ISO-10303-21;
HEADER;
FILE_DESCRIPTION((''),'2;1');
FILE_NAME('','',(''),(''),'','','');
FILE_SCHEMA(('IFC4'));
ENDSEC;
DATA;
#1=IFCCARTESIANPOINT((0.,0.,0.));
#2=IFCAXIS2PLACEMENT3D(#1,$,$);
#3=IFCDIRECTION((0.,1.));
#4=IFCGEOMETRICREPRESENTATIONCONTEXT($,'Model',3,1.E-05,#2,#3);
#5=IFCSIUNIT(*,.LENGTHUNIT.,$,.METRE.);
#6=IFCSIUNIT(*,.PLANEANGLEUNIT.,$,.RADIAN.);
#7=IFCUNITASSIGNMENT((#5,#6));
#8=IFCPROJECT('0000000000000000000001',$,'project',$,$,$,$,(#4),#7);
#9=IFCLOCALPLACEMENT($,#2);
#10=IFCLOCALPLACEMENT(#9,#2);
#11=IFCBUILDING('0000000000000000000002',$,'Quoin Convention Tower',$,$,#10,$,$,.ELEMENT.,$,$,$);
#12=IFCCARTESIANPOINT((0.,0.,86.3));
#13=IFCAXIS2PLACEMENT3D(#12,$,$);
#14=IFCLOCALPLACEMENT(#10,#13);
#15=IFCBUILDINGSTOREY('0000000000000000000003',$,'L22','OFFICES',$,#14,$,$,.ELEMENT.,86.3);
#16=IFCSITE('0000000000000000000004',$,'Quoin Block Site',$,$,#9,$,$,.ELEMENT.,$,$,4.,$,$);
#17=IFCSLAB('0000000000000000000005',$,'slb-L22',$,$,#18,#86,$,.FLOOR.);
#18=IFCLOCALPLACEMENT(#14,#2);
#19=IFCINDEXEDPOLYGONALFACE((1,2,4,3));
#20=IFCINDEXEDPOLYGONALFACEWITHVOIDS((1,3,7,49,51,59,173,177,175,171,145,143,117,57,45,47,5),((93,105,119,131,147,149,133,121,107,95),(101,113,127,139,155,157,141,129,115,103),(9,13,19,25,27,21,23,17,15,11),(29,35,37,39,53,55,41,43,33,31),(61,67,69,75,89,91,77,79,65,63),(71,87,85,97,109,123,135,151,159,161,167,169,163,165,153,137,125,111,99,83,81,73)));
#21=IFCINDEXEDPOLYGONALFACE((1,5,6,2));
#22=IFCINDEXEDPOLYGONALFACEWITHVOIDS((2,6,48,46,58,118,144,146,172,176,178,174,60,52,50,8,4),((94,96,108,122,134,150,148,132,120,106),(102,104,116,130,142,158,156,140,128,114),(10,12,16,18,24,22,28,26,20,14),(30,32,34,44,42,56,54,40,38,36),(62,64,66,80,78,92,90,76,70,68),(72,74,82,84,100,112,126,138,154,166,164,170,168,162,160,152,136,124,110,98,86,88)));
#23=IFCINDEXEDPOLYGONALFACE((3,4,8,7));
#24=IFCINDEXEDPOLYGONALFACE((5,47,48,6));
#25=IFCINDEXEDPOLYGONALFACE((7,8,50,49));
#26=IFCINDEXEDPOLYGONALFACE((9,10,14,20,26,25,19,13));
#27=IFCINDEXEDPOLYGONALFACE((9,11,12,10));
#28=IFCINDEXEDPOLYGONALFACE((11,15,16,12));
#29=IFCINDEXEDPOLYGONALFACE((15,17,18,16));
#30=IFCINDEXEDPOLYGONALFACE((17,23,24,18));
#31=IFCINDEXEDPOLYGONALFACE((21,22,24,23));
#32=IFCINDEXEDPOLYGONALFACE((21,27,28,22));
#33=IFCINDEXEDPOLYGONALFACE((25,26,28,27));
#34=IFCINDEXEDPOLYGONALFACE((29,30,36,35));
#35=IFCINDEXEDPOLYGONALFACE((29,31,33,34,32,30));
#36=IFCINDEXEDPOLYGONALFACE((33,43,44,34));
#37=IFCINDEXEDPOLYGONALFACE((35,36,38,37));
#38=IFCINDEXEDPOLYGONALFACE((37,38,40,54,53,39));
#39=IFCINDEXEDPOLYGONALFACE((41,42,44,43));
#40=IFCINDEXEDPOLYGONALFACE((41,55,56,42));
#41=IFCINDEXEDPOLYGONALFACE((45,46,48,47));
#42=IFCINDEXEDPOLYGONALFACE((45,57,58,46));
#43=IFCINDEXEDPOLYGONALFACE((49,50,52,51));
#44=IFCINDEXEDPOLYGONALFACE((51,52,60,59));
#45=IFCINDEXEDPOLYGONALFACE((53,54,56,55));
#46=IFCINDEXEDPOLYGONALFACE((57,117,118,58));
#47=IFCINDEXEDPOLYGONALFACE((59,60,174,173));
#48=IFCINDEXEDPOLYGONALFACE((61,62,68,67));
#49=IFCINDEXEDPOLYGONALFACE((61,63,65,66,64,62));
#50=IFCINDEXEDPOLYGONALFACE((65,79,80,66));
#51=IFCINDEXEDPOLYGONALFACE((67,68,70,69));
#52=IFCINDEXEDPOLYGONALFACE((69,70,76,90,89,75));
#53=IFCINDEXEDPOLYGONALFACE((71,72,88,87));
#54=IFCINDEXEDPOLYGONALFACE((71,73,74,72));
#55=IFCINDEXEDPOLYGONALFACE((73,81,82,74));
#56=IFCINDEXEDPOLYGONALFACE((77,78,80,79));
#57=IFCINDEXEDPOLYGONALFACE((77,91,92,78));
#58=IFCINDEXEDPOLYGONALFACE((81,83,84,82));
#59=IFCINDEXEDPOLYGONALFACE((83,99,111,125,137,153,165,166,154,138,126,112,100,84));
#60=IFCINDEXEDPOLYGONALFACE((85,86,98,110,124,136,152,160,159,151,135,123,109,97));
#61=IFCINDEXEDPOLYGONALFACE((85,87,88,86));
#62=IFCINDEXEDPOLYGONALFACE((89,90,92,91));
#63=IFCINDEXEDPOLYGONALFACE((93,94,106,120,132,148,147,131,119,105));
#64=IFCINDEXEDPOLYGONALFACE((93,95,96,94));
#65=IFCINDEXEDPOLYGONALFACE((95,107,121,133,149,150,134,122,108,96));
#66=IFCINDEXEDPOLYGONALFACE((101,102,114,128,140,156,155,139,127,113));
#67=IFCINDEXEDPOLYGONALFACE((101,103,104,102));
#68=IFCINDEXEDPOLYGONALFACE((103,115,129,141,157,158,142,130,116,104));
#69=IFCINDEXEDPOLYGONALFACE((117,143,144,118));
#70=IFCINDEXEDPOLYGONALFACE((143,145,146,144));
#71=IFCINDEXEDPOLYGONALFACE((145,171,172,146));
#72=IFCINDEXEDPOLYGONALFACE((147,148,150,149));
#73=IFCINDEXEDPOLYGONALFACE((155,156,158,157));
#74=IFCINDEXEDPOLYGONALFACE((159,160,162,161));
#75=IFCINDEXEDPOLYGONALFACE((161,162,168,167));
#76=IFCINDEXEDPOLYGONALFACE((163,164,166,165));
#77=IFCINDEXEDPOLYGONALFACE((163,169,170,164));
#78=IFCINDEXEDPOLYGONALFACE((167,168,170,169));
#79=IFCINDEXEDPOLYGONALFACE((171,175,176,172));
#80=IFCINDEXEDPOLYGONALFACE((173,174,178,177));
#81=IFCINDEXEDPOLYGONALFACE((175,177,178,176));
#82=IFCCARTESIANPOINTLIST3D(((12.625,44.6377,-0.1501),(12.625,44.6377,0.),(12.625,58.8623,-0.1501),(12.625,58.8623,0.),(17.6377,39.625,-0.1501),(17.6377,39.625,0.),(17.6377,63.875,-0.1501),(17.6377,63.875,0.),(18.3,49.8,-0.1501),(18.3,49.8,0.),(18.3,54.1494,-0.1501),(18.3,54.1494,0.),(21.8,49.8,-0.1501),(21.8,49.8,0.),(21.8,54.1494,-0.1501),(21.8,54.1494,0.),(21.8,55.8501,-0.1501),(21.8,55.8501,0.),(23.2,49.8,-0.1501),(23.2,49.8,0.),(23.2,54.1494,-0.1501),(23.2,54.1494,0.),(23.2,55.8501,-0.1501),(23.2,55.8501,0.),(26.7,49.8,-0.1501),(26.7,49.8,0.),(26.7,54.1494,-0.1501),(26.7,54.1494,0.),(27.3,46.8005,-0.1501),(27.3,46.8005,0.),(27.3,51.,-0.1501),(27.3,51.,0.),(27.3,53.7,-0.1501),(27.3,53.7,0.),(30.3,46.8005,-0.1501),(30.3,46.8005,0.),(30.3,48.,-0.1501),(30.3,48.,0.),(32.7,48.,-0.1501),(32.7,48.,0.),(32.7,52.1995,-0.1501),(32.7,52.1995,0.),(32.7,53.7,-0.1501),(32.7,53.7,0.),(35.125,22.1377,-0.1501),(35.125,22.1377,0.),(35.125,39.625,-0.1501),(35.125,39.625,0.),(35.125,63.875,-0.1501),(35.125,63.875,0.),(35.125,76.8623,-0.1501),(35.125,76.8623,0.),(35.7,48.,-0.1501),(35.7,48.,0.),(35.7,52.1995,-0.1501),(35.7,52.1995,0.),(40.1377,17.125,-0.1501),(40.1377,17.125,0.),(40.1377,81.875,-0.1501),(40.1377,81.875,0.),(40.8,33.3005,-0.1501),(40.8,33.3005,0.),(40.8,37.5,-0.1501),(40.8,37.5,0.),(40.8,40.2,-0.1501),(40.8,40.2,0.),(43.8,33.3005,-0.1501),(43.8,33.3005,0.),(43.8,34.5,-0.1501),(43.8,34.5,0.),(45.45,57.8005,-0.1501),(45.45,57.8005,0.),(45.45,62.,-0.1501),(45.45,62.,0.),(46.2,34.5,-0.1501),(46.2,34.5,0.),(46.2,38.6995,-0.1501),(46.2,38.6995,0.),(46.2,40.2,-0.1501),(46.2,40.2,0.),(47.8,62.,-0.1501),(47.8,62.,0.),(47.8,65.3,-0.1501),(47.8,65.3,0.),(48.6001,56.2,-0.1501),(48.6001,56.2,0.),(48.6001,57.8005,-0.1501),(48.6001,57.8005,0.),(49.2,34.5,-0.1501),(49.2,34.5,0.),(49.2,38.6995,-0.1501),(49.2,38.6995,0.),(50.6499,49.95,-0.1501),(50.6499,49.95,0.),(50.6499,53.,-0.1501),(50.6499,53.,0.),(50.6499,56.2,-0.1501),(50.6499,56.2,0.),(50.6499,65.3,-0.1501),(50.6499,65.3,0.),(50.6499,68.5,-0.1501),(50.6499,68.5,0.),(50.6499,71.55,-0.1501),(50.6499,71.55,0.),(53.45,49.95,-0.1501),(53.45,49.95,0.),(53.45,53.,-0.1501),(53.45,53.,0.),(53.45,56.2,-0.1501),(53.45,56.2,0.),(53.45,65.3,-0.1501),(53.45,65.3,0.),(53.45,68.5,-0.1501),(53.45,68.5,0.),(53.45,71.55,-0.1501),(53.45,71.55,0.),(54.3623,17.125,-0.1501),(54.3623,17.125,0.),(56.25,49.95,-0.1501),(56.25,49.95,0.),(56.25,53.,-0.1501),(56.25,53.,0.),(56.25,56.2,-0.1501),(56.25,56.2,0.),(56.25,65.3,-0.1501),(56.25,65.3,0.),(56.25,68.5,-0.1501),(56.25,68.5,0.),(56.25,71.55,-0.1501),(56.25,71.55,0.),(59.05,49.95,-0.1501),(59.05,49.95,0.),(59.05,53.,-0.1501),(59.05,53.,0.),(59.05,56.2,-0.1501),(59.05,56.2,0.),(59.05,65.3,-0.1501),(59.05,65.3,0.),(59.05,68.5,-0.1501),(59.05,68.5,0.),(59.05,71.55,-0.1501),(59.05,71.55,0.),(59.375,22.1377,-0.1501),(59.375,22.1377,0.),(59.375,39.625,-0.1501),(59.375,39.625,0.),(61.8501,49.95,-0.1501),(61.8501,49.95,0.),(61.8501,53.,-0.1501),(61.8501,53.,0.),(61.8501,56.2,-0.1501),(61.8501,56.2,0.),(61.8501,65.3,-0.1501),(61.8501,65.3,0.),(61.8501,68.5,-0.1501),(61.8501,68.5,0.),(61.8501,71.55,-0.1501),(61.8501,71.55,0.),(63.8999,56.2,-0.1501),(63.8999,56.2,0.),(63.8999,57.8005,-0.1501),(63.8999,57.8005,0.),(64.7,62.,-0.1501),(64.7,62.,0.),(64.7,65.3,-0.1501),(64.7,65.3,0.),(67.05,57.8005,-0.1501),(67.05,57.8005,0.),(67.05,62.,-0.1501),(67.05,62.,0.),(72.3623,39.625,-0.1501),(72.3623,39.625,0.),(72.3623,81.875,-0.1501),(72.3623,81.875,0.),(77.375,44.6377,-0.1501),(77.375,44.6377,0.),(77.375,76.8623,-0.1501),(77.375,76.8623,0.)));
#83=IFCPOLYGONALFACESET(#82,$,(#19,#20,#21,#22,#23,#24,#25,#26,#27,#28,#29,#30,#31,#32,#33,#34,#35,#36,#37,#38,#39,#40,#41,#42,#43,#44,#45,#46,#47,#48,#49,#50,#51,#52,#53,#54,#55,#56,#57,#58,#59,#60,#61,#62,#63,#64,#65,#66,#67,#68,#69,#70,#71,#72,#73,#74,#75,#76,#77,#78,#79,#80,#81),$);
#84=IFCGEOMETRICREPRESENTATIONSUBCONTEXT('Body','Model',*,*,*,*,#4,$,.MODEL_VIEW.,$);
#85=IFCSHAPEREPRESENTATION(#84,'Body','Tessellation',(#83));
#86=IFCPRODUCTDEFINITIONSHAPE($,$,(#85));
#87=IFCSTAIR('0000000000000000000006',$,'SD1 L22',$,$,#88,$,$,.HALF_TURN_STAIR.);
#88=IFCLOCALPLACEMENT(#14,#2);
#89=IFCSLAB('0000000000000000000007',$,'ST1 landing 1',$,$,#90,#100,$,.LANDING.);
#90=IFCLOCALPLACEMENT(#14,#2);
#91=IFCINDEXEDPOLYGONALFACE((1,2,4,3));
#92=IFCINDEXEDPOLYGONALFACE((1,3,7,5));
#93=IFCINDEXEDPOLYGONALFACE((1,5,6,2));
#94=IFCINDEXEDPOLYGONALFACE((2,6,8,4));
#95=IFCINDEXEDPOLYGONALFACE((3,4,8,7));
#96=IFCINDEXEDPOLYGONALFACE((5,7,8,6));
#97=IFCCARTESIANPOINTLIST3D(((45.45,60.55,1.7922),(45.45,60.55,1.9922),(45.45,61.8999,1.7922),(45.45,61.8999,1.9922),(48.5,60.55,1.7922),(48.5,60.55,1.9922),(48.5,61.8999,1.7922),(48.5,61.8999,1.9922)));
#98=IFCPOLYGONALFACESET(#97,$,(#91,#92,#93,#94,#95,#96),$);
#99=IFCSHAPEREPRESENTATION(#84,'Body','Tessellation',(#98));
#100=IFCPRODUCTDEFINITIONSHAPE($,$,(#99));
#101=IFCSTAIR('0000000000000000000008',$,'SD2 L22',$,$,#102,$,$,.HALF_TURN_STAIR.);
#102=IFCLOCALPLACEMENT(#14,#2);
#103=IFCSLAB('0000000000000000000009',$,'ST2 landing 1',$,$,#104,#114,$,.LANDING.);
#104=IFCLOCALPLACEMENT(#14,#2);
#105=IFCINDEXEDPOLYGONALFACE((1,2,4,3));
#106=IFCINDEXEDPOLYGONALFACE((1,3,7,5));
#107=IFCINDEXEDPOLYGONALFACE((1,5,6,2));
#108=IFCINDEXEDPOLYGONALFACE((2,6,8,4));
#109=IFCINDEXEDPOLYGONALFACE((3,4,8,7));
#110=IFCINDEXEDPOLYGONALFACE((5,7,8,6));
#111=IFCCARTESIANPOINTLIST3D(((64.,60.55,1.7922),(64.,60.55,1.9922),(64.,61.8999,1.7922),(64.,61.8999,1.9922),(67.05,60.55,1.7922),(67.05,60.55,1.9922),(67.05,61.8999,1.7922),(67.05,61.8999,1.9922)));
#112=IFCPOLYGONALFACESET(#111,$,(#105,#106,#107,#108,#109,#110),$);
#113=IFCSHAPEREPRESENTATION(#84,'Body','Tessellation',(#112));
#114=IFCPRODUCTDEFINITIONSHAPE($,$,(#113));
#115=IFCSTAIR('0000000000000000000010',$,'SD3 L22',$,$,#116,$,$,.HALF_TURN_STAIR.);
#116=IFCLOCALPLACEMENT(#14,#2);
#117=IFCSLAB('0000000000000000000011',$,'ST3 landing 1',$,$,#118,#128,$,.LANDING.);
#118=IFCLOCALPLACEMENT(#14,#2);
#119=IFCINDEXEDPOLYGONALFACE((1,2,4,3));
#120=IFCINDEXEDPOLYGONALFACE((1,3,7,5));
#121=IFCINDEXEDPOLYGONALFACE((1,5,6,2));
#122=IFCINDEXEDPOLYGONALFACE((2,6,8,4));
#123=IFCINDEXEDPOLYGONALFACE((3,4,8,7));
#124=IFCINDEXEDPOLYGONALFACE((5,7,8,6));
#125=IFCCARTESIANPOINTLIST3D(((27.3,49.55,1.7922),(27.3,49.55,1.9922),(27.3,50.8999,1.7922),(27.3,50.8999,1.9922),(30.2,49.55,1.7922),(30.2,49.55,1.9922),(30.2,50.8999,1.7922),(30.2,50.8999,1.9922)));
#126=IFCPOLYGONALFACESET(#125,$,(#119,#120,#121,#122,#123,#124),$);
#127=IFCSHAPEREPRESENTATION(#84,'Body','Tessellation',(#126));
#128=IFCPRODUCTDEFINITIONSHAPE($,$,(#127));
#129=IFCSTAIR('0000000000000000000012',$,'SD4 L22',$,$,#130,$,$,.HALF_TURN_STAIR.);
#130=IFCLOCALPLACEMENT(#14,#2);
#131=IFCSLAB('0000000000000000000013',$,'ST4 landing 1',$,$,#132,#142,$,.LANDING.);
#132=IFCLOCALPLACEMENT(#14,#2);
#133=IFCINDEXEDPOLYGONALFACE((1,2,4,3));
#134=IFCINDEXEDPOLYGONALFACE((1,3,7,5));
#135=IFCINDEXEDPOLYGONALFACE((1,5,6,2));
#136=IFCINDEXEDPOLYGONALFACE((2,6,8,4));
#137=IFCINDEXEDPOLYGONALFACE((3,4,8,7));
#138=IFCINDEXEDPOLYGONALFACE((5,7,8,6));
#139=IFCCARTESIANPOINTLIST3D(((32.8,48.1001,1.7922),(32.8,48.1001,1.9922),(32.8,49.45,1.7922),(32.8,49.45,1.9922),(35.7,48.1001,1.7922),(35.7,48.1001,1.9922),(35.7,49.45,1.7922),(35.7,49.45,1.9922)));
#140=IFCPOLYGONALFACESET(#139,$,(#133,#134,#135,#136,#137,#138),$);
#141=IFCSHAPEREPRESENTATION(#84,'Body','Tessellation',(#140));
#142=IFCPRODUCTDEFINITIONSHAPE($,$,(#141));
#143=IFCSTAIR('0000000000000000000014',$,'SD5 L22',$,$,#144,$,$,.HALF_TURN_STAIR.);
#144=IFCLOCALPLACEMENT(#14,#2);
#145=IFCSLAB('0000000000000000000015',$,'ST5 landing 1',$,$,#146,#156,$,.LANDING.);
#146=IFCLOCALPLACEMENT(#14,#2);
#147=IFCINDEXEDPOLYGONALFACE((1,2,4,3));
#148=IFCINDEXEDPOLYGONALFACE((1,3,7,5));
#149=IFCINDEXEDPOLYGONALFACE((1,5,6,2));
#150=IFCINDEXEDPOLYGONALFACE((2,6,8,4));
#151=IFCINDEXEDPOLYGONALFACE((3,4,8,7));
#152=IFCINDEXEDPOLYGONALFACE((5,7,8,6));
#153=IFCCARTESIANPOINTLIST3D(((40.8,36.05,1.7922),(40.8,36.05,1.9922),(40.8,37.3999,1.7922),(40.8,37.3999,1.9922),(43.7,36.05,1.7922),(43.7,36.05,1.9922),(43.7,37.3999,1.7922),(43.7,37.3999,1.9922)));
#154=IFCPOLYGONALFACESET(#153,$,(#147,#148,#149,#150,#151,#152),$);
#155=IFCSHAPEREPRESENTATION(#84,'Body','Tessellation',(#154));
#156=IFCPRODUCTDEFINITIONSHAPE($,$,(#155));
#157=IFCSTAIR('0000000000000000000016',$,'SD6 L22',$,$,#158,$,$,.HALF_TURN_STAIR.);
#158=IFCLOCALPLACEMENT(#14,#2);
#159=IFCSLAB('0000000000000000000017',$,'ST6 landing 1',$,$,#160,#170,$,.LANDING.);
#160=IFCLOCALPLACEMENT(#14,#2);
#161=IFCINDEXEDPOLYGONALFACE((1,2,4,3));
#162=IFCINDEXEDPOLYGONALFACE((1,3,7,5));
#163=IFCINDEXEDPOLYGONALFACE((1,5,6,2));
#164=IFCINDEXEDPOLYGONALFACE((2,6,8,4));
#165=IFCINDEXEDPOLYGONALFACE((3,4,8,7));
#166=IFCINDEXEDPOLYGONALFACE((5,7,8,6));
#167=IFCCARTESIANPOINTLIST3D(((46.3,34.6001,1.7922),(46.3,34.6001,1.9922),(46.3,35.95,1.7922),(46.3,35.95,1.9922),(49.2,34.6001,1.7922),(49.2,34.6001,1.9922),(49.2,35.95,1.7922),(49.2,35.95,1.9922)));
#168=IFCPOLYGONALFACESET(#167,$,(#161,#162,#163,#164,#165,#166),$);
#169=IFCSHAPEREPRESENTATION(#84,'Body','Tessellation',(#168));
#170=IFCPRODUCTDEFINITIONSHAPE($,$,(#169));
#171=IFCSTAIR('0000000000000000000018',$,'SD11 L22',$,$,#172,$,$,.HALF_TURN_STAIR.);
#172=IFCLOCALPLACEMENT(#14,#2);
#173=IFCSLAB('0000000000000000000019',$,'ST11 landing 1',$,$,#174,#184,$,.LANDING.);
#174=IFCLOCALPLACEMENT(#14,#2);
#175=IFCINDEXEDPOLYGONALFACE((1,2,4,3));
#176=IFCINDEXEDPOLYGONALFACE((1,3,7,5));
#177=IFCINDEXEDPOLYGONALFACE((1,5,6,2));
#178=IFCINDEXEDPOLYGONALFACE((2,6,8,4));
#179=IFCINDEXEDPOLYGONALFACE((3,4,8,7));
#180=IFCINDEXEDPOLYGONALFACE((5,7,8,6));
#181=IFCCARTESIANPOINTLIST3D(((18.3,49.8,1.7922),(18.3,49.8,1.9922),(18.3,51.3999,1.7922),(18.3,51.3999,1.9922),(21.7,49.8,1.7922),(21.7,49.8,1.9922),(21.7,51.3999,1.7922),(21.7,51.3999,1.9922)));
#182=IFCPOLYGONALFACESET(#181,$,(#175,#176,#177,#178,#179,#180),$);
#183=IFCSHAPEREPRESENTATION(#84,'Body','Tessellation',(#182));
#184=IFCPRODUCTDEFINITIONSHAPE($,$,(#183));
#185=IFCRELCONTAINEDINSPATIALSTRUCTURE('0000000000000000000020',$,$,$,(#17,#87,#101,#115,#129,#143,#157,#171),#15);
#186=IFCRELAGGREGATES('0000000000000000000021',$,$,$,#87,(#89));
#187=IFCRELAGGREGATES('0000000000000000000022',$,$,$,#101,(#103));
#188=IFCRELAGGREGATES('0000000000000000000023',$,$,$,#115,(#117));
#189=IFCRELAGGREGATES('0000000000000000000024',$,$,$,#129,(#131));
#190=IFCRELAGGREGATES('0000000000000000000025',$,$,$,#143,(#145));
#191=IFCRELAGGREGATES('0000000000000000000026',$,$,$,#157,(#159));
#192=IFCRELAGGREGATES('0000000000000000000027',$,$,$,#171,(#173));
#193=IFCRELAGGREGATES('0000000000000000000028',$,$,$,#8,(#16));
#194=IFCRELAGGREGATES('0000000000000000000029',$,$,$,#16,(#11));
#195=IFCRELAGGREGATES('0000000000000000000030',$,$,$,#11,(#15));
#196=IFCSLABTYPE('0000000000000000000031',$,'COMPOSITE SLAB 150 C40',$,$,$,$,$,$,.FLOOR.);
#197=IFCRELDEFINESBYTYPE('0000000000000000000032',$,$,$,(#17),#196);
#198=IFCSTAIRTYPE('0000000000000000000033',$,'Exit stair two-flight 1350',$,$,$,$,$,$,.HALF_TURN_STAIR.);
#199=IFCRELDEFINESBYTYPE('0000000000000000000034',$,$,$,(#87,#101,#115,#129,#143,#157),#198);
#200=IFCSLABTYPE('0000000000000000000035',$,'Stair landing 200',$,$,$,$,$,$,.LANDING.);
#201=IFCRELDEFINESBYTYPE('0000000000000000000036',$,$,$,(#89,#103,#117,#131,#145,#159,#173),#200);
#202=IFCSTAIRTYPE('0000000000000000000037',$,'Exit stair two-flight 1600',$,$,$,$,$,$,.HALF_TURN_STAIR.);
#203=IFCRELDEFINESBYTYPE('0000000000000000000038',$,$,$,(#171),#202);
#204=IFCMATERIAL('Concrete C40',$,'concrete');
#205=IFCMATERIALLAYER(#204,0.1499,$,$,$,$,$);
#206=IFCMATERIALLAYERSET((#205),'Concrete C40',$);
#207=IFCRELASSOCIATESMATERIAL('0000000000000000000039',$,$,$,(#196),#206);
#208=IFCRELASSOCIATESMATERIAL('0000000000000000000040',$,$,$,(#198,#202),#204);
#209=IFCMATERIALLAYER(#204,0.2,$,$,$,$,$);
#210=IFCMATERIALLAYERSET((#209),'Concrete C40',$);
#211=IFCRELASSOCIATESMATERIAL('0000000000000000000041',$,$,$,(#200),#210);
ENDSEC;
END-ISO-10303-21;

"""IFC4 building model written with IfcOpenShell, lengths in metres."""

from ifc_helpers import new_model, si_unit, direction, frame, origin, place, context, subcontext, project, spatial, polyline, outline, extrude, material, layer, layer_set, type_object, element, aggregate, save


model = new_model("IFC4")

# Units and contexts
model_context = context("Model", 3, precision=1e-05, world=origin(), true_north=direction((0.0, 1.0)))
body_context = subcontext(model_context, "Body", "Model", "MODEL_VIEW")
ifc_project = project(units=[si_unit("LENGTHUNIT", "METRE"), si_unit("PLANEANGLEUNIT", "RADIAN")], contexts=[model_context])

# Site, building, storey
site_placement = place(None, origin())
site = spatial("IfcSite", under=ifc_project, at=site_placement, Name="Quoin Block Site", CompositionType="ELEMENT", RefElevation=4.0)
building_placement = place(site_placement, origin())
building = spatial("IfcBuilding", under=site, at=building_placement, Name="Quoin Convention Tower", CompositionType="ELEMENT")
storey_placement = place(building_placement, frame((0.0, 0.0, 86.3)))
storey = spatial("IfcBuildingStorey", under=building, at=storey_placement, Name="L22", Description="OFFICES", CompositionType="ELEMENT", Elevation=86.3)

# Slab
ifc_material_1 = material(Name="Concrete C40", Category="concrete")
ifc_layer_1 = layer(ifc_material_1, 0.1499)
ifc_layer_set_1 = layer_set([ifc_layer_1], Name="Concrete C40")
slab_type_1 = type_object("IfcSlabType", Name="COMPOSITE SLAB 150 C40", PredefinedType="FLOOR", material=ifc_layer_set_1)
slab_1_placement = place(storey_placement, frame((0.0, 0.0, -0.1501)))
element("IfcSlab", 1, at=slab_1_placement, inside=storey, type_object=slab_type_1, Name="slb-L22", PredefinedType="FLOOR", context=body_context, shape_type="SweptSolid", body=[
    extrude(outline(polyline([(59.375, 22.1377), (54.3623, 17.125), (40.1377, 17.125), (35.125, 22.1377), (35.125, 39.625), (17.6377, 39.625), (12.625, 44.6377), (12.625, 58.8623), (17.6377, 63.875), (35.125, 63.875), (35.125, 76.8623), (40.1377, 81.875), (72.3623, 81.875), (77.375, 76.8623), (77.375, 44.6377), (72.3623, 39.625), (59.375, 39.625), (59.375, 22.1377)]), holes=[polyline([(40.8, 40.2), (40.8, 37.5), (40.8, 33.3005), (43.8, 33.3005), (43.8, 34.5), (46.2, 34.5), (49.2, 34.5), (49.2, 38.6995), (46.2, 38.6995), (46.2, 40.2), (40.8, 40.2)]), polyline([(35.7, 52.1995), (32.7, 52.1995), (32.7, 53.7), (27.3, 53.7), (27.3, 51.0), (27.3, 46.8005), (30.3, 46.8005), (30.3, 48.0), (32.7, 48.0), (35.7, 48.0), (35.7, 52.1995)]), polyline([(53.45, 49.95), (56.25, 49.95), (59.05, 49.95), (61.8501, 49.95), (61.8501, 53.0), (59.05, 53.0), (56.25, 53.0), (53.45, 53.0), (50.6499, 53.0), (50.6499, 49.95), (53.45, 49.95)]), polyline([(21.8, 55.8501), (21.8, 54.1494), (18.3, 54.1494), (18.3, 49.8), (21.8, 49.8), (23.2, 49.8), (26.7, 49.8), (26.7, 54.1494), (23.2, 54.1494), (23.2, 55.8501), (21.8, 55.8501)]), polyline([(48.6001, 57.8005), (48.6001, 56.2), (50.6499, 56.2), (53.45, 56.2), (56.25, 56.2), (59.05, 56.2), (61.8501, 56.2), (63.8999, 56.2), (63.8999, 57.8005), (67.05, 57.8005), (67.05, 62.0), (64.7, 62.0), (64.7, 65.3), (61.8501, 65.3), (59.05, 65.3), (56.25, 65.3), (53.45, 65.3), (50.6499, 65.3), (47.8, 65.3), (47.8, 62.0), (45.45, 62.0), (45.45, 57.8005), (48.6001, 57.8005)]), polyline([(50.6499, 68.5), (53.45, 68.5), (56.25, 68.5), (59.05, 68.5), (61.8501, 68.5), (61.8501, 71.55), (59.05, 71.55), (56.25, 71.55), (53.45, 71.55), (50.6499, 71.55), (50.6499, 68.5)])]), origin(), (0.0, 0.0, 1.0), 0.1501),
])

# Stairs, slabs
stair_type_1 = type_object("IfcStairType", Name="Exit stair two-flight 1350", PredefinedType="HALF_TURN_STAIR", material=ifc_material_1)
stair_1_placement = place(storey_placement, origin())
stair_1 = element("IfcStair", 2, at=stair_1_placement, inside=storey, type_object=stair_type_1, Name="SD1 L22", PredefinedType="HALF_TURN_STAIR")
ifc_layer_2 = layer(ifc_material_1, 0.2)
ifc_layer_set_2 = layer_set([ifc_layer_2], Name="Concrete C40")
slab_type_2 = type_object("IfcSlabType", Name="Stair landing 200", PredefinedType="LANDING", material=ifc_layer_set_2)
slab_2_placement = place(storey_placement, frame((0.0, 0.0, 1.7922)))
slab_2 = element("IfcSlab", 3, at=slab_2_placement, type_object=slab_type_2, Name="ST1 landing 1", PredefinedType="LANDING", context=body_context, shape_type="SweptSolid", body=[
    extrude(outline(polyline([(45.45, 60.55), (48.5, 60.55), (48.5, 61.8999), (45.45, 61.8999), (45.45, 60.55)])), origin(), (0.0, 0.0, 1.0), 0.2),
])
aggregate(stair_1, [slab_2])
stair_2_placement = place(storey_placement, origin())
stair_2 = element("IfcStair", 4, at=stair_2_placement, inside=storey, type_object=stair_type_1, Name="SD2 L22", PredefinedType="HALF_TURN_STAIR")
slab_3_placement = place(storey_placement, frame((0.0, 0.0, 1.7922)))
slab_3 = element("IfcSlab", 5, at=slab_3_placement, type_object=slab_type_2, Name="ST2 landing 1", PredefinedType="LANDING", context=body_context, shape_type="SweptSolid", body=[
    extrude(outline(polyline([(64.0, 60.55), (67.05, 60.55), (67.05, 61.8999), (64.0, 61.8999), (64.0, 60.55)])), origin(), (0.0, 0.0, 1.0), 0.2),
])
aggregate(stair_2, [slab_3])
stair_3_placement = place(storey_placement, origin())
stair_3 = element("IfcStair", 6, at=stair_3_placement, inside=storey, type_object=stair_type_1, Name="SD3 L22", PredefinedType="HALF_TURN_STAIR")
slab_4_placement = place(storey_placement, frame((0.0, 0.0, 1.7922)))
slab_4 = element("IfcSlab", 7, at=slab_4_placement, type_object=slab_type_2, Name="ST3 landing 1", PredefinedType="LANDING", context=body_context, shape_type="SweptSolid", body=[
    extrude(outline(polyline([(27.3, 49.55), (30.2, 49.55), (30.2, 50.8999), (27.3, 50.8999), (27.3, 49.55)])), origin(), (0.0, 0.0, 1.0), 0.2),
])
aggregate(stair_3, [slab_4])
stair_4_placement = place(storey_placement, origin())
stair_4 = element("IfcStair", 8, at=stair_4_placement, inside=storey, type_object=stair_type_1, Name="SD4 L22", PredefinedType="HALF_TURN_STAIR")
slab_5_placement = place(storey_placement, frame((0.0, 0.0, 1.7922)))
slab_5 = element("IfcSlab", 9, at=slab_5_placement, type_object=slab_type_2, Name="ST4 landing 1", PredefinedType="LANDING", context=body_context, shape_type="SweptSolid", body=[
    extrude(outline(polyline([(35.7, 49.45), (32.8, 49.45), (32.8, 48.1001), (35.7, 48.1001), (35.7, 49.45)])), origin(), (0.0, 0.0, 1.0), 0.2),
])
aggregate(stair_4, [slab_5])
stair_5_placement = place(storey_placement, origin())
stair_5 = element("IfcStair", 10, at=stair_5_placement, inside=storey, type_object=stair_type_1, Name="SD5 L22", PredefinedType="HALF_TURN_STAIR")
slab_6_placement = place(storey_placement, frame((0.0, 0.0, 1.7922)))
slab_6 = element("IfcSlab", 11, at=slab_6_placement, type_object=slab_type_2, Name="ST5 landing 1", PredefinedType="LANDING", context=body_context, shape_type="SweptSolid", body=[
    extrude(outline(polyline([(40.8, 36.05), (43.7, 36.05), (43.7, 37.3999), (40.8, 37.3999), (40.8, 36.05)])), origin(), (0.0, 0.0, 1.0), 0.2),
])
aggregate(stair_5, [slab_6])
stair_6_placement = place(storey_placement, origin())
stair_6 = element("IfcStair", 12, at=stair_6_placement, inside=storey, type_object=stair_type_1, Name="SD6 L22", PredefinedType="HALF_TURN_STAIR")
slab_7_placement = place(storey_placement, frame((0.0, 0.0, 1.7922)))
slab_7 = element("IfcSlab", 13, at=slab_7_placement, type_object=slab_type_2, Name="ST6 landing 1", PredefinedType="LANDING", context=body_context, shape_type="SweptSolid", body=[
    extrude(outline(polyline([(49.2, 35.95), (46.3, 35.95), (46.3, 34.6001), (49.2, 34.6001), (49.2, 35.95)])), origin(), (0.0, 0.0, 1.0), 0.2),
])
aggregate(stair_6, [slab_7])
stair_type_2 = type_object("IfcStairType", Name="Exit stair two-flight 1600", PredefinedType="HALF_TURN_STAIR", material=ifc_material_1)
stair_7_placement = place(storey_placement, origin())
stair_7 = element("IfcStair", 14, at=stair_7_placement, inside=storey, type_object=stair_type_2, Name="SD11 L22", PredefinedType="HALF_TURN_STAIR")
slab_8_placement = place(storey_placement, frame((0.0, 0.0, 1.7922)))
slab_8 = element("IfcSlab", 15, at=slab_8_placement, type_object=slab_type_2, Name="ST11 landing 1", PredefinedType="LANDING", context=body_context, shape_type="SweptSolid", body=[
    extrude(outline(polyline([(21.7, 51.3999), (18.3, 51.3999), (18.3, 49.8), (21.7, 49.8), (21.7, 51.3999)])), origin(), (0.0, 0.0, 1.0), 0.2),
])
aggregate(stair_7, [slab_8])

save(model, "model.ifc")
